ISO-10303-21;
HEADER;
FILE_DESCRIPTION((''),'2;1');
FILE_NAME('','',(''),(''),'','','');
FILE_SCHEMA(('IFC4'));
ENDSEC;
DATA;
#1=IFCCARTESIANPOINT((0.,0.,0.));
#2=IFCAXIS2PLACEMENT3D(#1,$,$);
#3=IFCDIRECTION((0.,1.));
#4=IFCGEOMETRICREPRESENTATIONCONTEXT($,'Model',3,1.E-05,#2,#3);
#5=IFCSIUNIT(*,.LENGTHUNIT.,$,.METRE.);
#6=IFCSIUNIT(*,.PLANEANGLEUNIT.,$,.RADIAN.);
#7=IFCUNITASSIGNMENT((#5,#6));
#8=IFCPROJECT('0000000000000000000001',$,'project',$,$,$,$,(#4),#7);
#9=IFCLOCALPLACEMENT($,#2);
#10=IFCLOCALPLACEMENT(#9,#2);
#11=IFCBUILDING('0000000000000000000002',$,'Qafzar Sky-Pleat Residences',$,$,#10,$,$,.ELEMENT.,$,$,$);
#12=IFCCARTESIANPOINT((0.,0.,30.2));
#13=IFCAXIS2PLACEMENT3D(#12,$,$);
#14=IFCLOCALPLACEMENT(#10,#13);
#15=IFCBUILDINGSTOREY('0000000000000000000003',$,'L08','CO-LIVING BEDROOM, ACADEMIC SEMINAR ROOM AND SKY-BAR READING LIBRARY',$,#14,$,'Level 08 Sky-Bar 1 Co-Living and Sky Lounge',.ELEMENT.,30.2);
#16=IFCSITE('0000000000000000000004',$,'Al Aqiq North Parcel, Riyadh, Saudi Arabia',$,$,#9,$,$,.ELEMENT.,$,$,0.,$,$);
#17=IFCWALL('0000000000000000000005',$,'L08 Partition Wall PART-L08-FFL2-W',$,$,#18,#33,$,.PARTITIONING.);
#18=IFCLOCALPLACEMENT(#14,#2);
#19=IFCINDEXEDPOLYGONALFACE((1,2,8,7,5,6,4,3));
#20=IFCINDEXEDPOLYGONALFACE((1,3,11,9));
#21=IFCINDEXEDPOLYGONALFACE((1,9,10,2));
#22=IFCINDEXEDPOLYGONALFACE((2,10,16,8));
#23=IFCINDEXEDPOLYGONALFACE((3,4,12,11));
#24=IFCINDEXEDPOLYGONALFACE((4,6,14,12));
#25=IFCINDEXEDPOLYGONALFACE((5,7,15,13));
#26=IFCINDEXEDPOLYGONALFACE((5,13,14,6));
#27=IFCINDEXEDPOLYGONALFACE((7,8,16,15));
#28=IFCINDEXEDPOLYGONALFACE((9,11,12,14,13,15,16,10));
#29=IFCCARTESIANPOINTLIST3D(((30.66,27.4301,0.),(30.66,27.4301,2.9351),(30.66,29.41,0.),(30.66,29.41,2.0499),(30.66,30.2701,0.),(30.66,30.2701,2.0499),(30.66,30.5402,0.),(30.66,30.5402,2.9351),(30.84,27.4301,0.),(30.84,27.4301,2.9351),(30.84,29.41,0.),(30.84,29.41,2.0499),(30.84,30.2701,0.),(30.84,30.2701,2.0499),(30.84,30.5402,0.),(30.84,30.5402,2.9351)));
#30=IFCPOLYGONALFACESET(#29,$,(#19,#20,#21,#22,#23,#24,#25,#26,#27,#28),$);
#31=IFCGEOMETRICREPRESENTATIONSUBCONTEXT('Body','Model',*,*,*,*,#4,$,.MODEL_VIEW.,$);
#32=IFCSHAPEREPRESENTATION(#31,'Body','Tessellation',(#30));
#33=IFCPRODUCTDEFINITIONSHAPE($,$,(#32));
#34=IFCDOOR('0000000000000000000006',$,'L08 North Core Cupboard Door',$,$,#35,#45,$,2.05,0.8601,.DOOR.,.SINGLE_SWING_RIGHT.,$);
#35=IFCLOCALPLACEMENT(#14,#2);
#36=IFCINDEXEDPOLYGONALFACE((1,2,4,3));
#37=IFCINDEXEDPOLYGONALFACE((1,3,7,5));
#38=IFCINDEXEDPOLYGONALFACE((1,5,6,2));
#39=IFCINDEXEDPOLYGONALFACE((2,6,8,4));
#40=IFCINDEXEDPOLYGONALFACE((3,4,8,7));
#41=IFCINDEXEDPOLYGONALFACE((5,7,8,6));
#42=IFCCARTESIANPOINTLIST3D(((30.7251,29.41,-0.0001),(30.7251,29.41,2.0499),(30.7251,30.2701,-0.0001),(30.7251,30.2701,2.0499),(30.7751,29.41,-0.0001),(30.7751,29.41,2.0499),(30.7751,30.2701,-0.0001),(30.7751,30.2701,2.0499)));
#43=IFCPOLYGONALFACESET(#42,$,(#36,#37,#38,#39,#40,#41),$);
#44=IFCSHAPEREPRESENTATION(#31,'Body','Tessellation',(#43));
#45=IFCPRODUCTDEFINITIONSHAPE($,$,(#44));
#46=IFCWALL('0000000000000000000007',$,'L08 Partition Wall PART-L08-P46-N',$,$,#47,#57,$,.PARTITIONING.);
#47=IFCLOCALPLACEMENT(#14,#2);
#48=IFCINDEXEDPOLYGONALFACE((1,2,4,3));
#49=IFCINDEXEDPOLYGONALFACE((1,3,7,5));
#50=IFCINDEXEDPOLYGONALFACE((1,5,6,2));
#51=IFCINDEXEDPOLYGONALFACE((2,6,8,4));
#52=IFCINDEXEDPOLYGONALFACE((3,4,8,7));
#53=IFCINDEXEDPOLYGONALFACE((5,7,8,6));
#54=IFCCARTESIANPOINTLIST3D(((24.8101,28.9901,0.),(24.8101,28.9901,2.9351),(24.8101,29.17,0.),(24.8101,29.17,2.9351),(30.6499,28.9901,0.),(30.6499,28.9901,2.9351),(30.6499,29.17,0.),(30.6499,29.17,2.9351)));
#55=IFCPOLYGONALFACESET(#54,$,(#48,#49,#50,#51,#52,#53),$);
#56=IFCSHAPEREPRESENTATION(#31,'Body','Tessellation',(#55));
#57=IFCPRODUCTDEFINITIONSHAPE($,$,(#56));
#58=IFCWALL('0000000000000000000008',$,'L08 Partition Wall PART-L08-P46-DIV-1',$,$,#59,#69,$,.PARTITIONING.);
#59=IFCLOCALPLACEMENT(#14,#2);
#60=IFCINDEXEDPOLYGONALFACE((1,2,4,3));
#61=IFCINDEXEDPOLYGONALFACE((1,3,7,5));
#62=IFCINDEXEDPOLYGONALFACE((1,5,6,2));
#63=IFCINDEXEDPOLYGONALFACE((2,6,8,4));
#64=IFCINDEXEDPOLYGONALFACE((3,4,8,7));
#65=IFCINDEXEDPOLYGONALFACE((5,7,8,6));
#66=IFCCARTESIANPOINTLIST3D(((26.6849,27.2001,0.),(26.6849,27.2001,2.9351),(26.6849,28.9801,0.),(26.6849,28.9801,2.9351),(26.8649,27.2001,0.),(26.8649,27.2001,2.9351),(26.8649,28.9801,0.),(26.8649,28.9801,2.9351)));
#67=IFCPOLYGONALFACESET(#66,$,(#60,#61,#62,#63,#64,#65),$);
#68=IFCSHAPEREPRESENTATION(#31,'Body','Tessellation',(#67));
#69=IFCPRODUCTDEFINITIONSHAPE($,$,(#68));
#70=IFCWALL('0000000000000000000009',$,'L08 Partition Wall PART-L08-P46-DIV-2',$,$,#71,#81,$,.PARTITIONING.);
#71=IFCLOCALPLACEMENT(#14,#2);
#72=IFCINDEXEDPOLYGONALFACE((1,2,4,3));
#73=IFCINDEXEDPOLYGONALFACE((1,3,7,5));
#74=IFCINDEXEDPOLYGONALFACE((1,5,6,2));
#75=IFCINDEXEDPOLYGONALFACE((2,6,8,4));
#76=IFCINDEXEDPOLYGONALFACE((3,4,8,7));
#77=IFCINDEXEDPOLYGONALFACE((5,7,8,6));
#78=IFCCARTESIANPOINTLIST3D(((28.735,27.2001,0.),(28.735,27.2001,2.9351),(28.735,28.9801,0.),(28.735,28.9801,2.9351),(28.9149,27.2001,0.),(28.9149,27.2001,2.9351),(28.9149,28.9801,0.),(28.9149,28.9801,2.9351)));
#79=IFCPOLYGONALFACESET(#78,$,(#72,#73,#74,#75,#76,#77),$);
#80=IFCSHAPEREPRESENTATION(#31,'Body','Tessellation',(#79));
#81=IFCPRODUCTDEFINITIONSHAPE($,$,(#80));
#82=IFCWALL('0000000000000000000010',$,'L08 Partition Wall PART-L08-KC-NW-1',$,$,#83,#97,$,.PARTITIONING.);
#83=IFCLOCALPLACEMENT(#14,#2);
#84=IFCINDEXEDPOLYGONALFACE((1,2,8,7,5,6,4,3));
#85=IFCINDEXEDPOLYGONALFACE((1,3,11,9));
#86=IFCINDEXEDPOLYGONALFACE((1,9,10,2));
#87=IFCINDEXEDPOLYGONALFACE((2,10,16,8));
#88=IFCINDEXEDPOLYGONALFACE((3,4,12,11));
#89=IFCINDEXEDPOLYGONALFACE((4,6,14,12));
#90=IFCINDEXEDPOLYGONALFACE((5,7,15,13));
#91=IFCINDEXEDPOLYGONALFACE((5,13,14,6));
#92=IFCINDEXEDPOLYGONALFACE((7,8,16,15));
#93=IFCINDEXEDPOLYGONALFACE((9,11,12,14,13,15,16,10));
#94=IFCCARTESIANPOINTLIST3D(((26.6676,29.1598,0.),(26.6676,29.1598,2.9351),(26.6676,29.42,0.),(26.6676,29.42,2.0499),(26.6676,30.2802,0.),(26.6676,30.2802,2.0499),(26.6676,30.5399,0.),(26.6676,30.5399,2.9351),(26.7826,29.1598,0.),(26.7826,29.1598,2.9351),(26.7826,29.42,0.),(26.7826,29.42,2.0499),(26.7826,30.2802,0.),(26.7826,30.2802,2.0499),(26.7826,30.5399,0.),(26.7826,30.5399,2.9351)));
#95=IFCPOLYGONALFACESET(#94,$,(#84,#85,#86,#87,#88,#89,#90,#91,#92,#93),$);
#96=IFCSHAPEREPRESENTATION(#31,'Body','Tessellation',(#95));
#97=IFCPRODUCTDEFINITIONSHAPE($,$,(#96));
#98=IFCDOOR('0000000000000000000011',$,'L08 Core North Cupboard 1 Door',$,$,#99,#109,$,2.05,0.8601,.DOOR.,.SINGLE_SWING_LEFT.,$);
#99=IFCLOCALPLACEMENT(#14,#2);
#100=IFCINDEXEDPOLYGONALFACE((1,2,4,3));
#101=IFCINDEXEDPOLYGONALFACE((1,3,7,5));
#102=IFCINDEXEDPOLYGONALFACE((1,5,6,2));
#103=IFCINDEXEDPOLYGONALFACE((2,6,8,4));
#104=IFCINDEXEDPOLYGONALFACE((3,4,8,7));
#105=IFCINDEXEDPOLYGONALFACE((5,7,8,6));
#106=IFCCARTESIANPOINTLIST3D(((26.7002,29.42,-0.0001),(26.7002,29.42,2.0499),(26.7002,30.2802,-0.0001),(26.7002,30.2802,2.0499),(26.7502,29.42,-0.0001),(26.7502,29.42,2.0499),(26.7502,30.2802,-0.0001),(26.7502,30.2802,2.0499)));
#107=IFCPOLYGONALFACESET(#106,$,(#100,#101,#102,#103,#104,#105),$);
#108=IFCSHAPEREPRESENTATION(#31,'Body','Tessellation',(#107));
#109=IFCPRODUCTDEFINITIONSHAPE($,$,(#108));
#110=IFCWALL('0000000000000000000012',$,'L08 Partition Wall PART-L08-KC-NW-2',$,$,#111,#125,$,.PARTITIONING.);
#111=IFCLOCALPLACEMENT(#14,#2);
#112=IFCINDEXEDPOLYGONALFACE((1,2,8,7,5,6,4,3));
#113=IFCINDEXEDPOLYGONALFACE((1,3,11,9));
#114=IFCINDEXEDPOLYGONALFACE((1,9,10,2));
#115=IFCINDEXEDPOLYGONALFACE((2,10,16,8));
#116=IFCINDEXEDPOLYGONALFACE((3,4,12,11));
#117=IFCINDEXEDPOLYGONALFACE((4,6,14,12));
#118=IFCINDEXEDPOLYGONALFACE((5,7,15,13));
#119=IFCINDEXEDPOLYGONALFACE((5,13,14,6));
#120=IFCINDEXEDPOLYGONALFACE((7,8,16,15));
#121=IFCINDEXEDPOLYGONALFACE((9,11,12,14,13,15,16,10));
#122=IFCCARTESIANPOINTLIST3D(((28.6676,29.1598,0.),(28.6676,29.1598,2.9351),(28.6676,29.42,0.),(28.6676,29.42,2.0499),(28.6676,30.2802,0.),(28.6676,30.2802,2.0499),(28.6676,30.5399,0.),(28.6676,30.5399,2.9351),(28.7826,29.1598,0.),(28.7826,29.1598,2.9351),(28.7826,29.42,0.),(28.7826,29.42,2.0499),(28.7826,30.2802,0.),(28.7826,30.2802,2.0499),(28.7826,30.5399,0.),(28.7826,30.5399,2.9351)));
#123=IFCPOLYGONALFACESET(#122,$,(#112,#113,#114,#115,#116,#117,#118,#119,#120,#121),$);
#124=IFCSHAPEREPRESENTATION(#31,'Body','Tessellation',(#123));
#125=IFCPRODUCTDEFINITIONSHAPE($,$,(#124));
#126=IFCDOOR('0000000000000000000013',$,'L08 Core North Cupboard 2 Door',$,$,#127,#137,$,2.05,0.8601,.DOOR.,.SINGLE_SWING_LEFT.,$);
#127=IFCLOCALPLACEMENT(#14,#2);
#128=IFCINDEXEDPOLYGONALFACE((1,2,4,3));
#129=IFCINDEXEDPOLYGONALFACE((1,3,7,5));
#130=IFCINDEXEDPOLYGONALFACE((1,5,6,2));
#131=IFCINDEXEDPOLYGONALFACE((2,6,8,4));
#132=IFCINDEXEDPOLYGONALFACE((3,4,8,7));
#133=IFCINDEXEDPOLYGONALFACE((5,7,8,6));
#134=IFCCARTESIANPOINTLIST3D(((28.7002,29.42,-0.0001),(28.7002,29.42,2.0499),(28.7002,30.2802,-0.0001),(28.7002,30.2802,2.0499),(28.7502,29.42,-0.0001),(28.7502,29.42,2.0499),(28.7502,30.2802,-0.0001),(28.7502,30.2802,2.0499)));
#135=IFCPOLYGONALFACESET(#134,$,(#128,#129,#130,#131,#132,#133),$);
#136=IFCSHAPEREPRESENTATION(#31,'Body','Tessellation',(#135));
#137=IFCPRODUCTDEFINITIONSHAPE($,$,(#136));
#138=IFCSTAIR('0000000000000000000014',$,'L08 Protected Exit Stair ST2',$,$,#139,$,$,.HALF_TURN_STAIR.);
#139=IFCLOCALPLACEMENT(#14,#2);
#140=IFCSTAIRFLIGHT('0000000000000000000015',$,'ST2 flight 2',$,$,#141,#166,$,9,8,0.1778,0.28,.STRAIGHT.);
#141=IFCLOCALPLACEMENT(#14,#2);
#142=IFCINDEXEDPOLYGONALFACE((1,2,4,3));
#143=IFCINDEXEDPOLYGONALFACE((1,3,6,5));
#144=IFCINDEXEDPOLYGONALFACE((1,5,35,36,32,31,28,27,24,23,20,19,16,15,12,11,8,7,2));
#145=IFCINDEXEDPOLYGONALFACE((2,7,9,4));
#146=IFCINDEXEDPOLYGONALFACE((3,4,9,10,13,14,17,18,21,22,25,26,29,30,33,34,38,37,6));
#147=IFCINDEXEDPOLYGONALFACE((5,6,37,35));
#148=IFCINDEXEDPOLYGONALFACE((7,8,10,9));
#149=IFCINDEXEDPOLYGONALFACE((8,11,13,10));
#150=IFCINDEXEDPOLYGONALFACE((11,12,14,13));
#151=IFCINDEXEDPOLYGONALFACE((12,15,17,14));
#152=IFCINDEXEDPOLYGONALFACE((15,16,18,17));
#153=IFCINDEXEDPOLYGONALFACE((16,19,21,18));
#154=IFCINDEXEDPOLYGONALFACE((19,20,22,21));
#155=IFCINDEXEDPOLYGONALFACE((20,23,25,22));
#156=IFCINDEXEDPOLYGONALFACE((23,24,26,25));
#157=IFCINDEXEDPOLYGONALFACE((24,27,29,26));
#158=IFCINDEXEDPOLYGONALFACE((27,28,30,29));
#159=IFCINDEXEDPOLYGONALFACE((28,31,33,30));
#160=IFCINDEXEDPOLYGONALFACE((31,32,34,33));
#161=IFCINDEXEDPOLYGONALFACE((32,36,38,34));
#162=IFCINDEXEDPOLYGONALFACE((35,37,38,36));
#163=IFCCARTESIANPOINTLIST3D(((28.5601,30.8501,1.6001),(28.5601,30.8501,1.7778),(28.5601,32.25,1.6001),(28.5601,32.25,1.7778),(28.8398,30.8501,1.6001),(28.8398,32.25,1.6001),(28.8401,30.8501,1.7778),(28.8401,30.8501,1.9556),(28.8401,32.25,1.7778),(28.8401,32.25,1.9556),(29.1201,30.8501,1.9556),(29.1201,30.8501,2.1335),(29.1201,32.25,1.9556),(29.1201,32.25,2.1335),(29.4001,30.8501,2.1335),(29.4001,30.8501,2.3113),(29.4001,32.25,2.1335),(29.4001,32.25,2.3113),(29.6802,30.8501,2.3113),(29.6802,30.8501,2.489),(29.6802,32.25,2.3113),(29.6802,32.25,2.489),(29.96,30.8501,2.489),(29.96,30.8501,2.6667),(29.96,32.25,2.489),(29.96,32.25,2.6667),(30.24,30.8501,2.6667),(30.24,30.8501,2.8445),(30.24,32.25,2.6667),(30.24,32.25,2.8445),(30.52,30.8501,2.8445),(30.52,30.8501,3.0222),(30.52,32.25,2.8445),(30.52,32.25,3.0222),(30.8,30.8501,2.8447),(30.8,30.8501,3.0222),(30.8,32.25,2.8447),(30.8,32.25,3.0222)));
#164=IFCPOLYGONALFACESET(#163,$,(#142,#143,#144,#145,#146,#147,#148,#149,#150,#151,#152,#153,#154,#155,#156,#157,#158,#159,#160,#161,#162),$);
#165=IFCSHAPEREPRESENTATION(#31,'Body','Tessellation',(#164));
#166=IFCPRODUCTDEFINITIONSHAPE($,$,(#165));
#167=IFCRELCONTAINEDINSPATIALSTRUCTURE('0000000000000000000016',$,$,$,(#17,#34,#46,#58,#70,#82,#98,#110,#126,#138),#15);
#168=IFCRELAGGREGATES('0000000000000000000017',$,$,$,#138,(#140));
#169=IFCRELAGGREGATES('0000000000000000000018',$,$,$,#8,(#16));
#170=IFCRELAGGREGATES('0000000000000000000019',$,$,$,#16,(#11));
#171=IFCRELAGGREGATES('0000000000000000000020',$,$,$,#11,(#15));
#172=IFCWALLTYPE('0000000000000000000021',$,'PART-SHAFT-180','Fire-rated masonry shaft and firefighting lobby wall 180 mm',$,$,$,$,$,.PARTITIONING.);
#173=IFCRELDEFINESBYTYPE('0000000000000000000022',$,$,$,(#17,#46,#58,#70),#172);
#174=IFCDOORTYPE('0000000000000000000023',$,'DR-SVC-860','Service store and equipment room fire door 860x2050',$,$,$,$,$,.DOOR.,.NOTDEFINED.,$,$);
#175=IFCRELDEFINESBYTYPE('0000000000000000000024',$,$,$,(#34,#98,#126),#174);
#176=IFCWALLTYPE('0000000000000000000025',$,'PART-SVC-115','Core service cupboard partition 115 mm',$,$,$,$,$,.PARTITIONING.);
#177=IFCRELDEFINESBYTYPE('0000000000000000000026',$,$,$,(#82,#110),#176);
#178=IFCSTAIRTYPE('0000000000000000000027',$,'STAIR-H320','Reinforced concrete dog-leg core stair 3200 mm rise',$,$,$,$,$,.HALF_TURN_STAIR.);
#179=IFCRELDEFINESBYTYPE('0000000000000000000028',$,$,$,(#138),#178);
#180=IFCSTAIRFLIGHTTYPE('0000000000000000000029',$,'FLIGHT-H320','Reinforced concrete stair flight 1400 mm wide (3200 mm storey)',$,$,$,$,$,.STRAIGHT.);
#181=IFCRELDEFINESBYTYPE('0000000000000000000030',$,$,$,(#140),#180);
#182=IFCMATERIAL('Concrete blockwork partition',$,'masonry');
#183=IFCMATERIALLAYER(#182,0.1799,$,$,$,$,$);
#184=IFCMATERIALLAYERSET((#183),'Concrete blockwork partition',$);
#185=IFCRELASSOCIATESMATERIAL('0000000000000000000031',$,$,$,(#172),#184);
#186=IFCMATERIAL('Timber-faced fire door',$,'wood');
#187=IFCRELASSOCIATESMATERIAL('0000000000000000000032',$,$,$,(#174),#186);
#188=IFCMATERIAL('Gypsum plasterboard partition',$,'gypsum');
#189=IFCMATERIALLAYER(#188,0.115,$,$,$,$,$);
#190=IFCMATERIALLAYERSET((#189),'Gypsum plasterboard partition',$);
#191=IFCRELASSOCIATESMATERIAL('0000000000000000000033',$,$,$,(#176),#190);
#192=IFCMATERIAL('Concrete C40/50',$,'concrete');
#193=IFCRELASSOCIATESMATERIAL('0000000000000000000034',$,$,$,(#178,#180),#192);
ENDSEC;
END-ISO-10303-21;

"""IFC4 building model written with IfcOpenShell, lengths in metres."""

from ifc_helpers import new_model, si_unit, direction, frame, frame_2d, origin, place, context, subcontext, project, spatial, polyline, rectangle, outline, extrude, source, transform, mapped, material, layer, layer_set, type_object, element, fill, aggregate, save


model = new_model("IFC4")

# Units and contexts
model_context = context("Model", 3, precision=1e-05, world=origin(), true_north=direction((0.0, 1.0)))
body_context = subcontext(model_context, "Body", "Model", "MODEL_VIEW")
ifc_project = project(units=[si_unit("LENGTHUNIT", "METRE"), si_unit("PLANEANGLEUNIT", "RADIAN")], contexts=[model_context])

# Site, building, storey
site_placement = place(None, origin())
site = spatial("IfcSite", under=ifc_project, at=site_placement, Name="Al Aqiq North Parcel, Riyadh, Saudi Arabia", CompositionType="ELEMENT", RefElevation=0.0)
building_placement = place(site_placement, origin())
building = spatial("IfcBuilding", under=site, at=building_placement, Name="Qafzar Sky-Pleat Residences", CompositionType="ELEMENT")
storey_placement = place(building_placement, frame((0.0, 0.0, 30.2)))
storey = spatial("IfcBuildingStorey", under=building, at=storey_placement, Name="L08", Description="CO-LIVING BEDROOM, ACADEMIC SEMINAR ROOM AND SKY-BAR READING LIBRARY", LongName="Level 08 Sky-Bar 1 Co-Living and Sky Lounge", CompositionType="ELEMENT", Elevation=30.2)

# Wall, opening, door
ifc_material_1 = material(Name="Concrete blockwork partition", Category="masonry")
ifc_layer_1 = layer(ifc_material_1, 0.1799)
ifc_layer_set_1 = layer_set([ifc_layer_1], Name="Concrete blockwork partition")
wall_type_1 = type_object("IfcWallType", Name="PART-SHAFT-180", Description="Fire-rated masonry shaft and firefighting lobby wall 180 mm", PredefinedType="PARTITIONING", material=ifc_layer_set_1)
wall_1_placement = place(storey_placement, frame((30.75, 27.4299, 0.0), z_axis=(0.0, 0.0, 1.0), x_axis=(0.0, 1.0, 0.0)))
wall_1 = element("IfcWall", 1, at=wall_1_placement, inside=storey, type_object=wall_type_1, Name="L08 Partition Wall PART-L08-FFL2-W", PredefinedType="PARTITIONING", context=body_context, shape_type="SweptSolid", body=[
    extrude(rectangle(XDim=3.1101, YDim=0.1799, at=frame_2d((1.5552, 0.0))), origin(), (0.0, 0.0, 1.0), 2.9351),
])
opening_1_placement = place(wall_1_placement, frame((1.98, 0.0, 0.0)))
opening_1 = element("IfcOpeningElement", 2, at=opening_1_placement, cuts=wall_1, PredefinedType="OPENING", context=body_context, shape_type="SweptSolid", body=[
    extrude(rectangle(XDim=0.8601, YDim=2.05, at=frame_2d((0.4302, 1.0249))), frame((0.0, 0.1001, 0.0), z_axis=(0.0, -1.0, 0.0), x_axis=(1.0, 0.0, 0.0)), (0.0, 0.0, 1.0), 0.2),
])
ifc_material_2 = material(Name="Timber-faced fire door", Category="wood")
door_type_1 = type_object("IfcDoorType", Name="DR-SVC-860", Description="Service store and equipment room fire door 860x2050", OperationType="NOTDEFINED", PredefinedType="DOOR", material=ifc_material_2)
shared_shape_1 = source(origin(), body_context, "Body", "SweptSolid", [
    extrude(rectangle(XDim=0.8601, YDim=2.05, at=frame_2d((0.4302, 1.0249))), frame((0.0, 0.0249, 0.0), z_axis=(0.0, -1.0, 0.0), x_axis=(1.0, 0.0, 0.0)), (0.0, 0.0, 1.0), 0.05),
])
door_1_placement = place(opening_1_placement, origin())
door_1 = element("IfcDoor", 3, at=door_1_placement, inside=storey, type_object=door_type_1, Name="L08 North Core Cupboard Door", OperationType="SINGLE_SWING_RIGHT", OverallHeight=2.05, OverallWidth=0.8601, PredefinedType="DOOR", context=body_context, shape_type="MappedRepresentation", body=[
    mapped(shared_shape_1, transform((0.0, 0.0, 0.0), x_axis=(1.0, 0.0, 0.0), y_axis=(0.0, 1.0, 0.0), z_axis=(0.0, 0.0, 1.0), scale=1.0)),
])
fill(opening_1, door_1)

# Walls
wall_2_placement = place(storey_placement, frame((24.8101, 29.0801, 0.0), z_axis=(0.0, 0.0, 1.0), x_axis=(1.0, 0.0, 0.0)))
element("IfcWall", 4, at=wall_2_placement, inside=storey, type_object=wall_type_1, Name="L08 Partition Wall PART-L08-P46-N", PredefinedType="PARTITIONING", context=body_context, shape_type="SweptSolid", body=[
    extrude(rectangle(XDim=5.8398, YDim=0.1799, at=frame_2d((2.9199, 0.0))), origin(), (0.0, 0.0, 1.0), 2.9351),
])
for number, where, z_axis, x_axis, name in (
    (5, (26.7749, 27.2, 0.0), (0.0, 0.0, 1.0), (0.0, 1.0, 0.0), "L08 Partition Wall PART-L08-P46-DIV-1"),
    (6, (28.825, 27.2, 0.0), (0.0, 0.0, 1.0), (0.0, 1.0, 0.0), "L08 Partition Wall PART-L08-P46-DIV-2"),
):
    element("IfcWall", number, at=place(storey_placement, frame(where, z_axis=z_axis, x_axis=x_axis)), inside=storey, type_object=wall_type_1, Name=name, PredefinedType="PARTITIONING", context=body_context, shape_type="SweptSolid", body=[
        extrude(rectangle(XDim=1.78, YDim=0.1799, at=frame_2d((0.8901, 0.0))), origin(), (0.0, 0.0, 1.0), 2.9351),
    ])

# Walls, openings, doors
ifc_material_3 = material(Name="Gypsum plasterboard partition", Category="gypsum")
ifc_layer_2 = layer(ifc_material_3, 0.115)
ifc_layer_set_2 = layer_set([ifc_layer_2], Name="Gypsum plasterboard partition")
wall_type_2 = type_object("IfcWallType", Name="PART-SVC-115", Description="Core service cupboard partition 115 mm", PredefinedType="PARTITIONING", material=ifc_layer_set_2)
wall_3_placement = place(storey_placement, frame((26.7251, 29.1599, 0.0), z_axis=(0.0, 0.0, 1.0), x_axis=(0.0, 1.0, 0.0)))
wall_3 = element("IfcWall", 7, at=wall_3_placement, inside=storey, type_object=wall_type_2, Name="L08 Partition Wall PART-L08-KC-NW-1", PredefinedType="PARTITIONING", context=body_context, shape_type="SweptSolid", body=[
    extrude(rectangle(XDim=1.3801, YDim=0.115, at=frame_2d((0.6899, 0.0))), origin(), (0.0, 0.0, 1.0), 2.9351),
])
opening_2_placement = place(wall_3_placement, frame((0.26, 0.0, 0.0)))
opening_2 = element("IfcOpeningElement", 8, at=opening_2_placement, cuts=wall_3, PredefinedType="OPENING", context=body_context, shape_type="SweptSolid", body=[
    extrude(rectangle(XDim=0.8601, YDim=2.05, at=frame_2d((0.4302, 1.0249))), frame((0.0, 0.0674, 0.0), z_axis=(0.0, -1.0, 0.0), x_axis=(1.0, 0.0, 0.0)), (0.0, 0.0, 1.0), 0.135),
])
door_2_placement = place(opening_2_placement, origin())
door_2 = element("IfcDoor", 9, at=door_2_placement, inside=storey, type_object=door_type_1, Name="L08 Core North Cupboard 1 Door", OperationType="SINGLE_SWING_LEFT", OverallHeight=2.05, OverallWidth=0.8601, PredefinedType="DOOR", context=body_context, shape_type="MappedRepresentation", body=[
    mapped(shared_shape_1, transform((0.0, 0.0, 0.0), x_axis=(1.0, 0.0, 0.0), y_axis=(0.0, 1.0, 0.0), z_axis=(0.0, 0.0, 1.0), scale=1.0)),
])
fill(opening_2, door_2)
wall_4_placement = place(storey_placement, frame((28.7251, 29.1599, 0.0), z_axis=(0.0, 0.0, 1.0), x_axis=(0.0, 1.0, 0.0)))
wall_4 = element("IfcWall", 10, at=wall_4_placement, inside=storey, type_object=wall_type_2, Name="L08 Partition Wall PART-L08-KC-NW-2", PredefinedType="PARTITIONING", context=body_context, shape_type="SweptSolid", body=[
    extrude(rectangle(XDim=1.3801, YDim=0.115, at=frame_2d((0.6899, 0.0))), origin(), (0.0, 0.0, 1.0), 2.9351),
])
opening_3_placement = place(wall_4_placement, frame((0.26, 0.0, 0.0)))
opening_3 = element("IfcOpeningElement", 11, at=opening_3_placement, cuts=wall_4, PredefinedType="OPENING", context=body_context, shape_type="SweptSolid", body=[
    extrude(rectangle(XDim=0.8601, YDim=2.05, at=frame_2d((0.4302, 1.0249))), frame((0.0, 0.0674, 0.0), z_axis=(0.0, -1.0, 0.0), x_axis=(1.0, 0.0, 0.0)), (0.0, 0.0, 1.0), 0.135),
])
door_3_placement = place(opening_3_placement, origin())
door_3 = element("IfcDoor", 12, at=door_3_placement, inside=storey, type_object=door_type_1, Name="L08 Core North Cupboard 2 Door", OperationType="SINGLE_SWING_LEFT", OverallHeight=2.05, OverallWidth=0.8601, PredefinedType="DOOR", context=body_context, shape_type="MappedRepresentation", body=[
    mapped(shared_shape_1, transform((0.0, 0.0, 0.0), x_axis=(1.0, 0.0, 0.0), y_axis=(0.0, 1.0, 0.0), z_axis=(0.0, 0.0, 1.0), scale=1.0)),
])
fill(opening_3, door_3)

# Stair, stair flight
ifc_material_4 = material(Name="Concrete C40/50", Category="concrete")
stair_type = type_object("IfcStairType", Name="STAIR-H320", Description="Reinforced concrete dog-leg core stair 3200 mm rise", PredefinedType="HALF_TURN_STAIR", material=ifc_material_4)
stair_placement = place(storey_placement, origin())
stair = element("IfcStair", 13, at=stair_placement, inside=storey, type_object=stair_type, Name="L08 Protected Exit Stair ST2", PredefinedType="HALF_TURN_STAIR")
stair_flight_type = type_object("IfcStairFlightType", Name="FLIGHT-H320", Description="Reinforced concrete stair flight 1400 mm wide (3200 mm storey)", PredefinedType="STRAIGHT", material=ifc_material_4)
shared_shape_2 = source(origin(), body_context, "Body", "SweptSolid", [
    extrude(outline(polyline([(0.0, 0.0), (0.0, 0.1777), (0.28, 0.1777), (0.28, 0.3555), (0.5601, 0.3555), (0.5601, 0.5334), (0.8401, 0.5334), (0.8401, 0.7112), (1.1201, 0.7112), (1.1201, 0.8889), (1.3999, 0.8889), (1.3999, 1.0667), (1.6799, 1.0667), (1.6799, 1.2444), (1.96, 1.2444), (1.96, 1.4221), (2.24, 1.4221), (2.24, 1.6001), (2.24, 1.2446), (0.2798, 0.0), (0.0, 0.0)])), frame((0.0, 0.7, 0.0), z_axis=(0.0, -1.0, 0.0), x_axis=(1.0, 0.0, 0.0)), (0.0, 0.0, 1.0), 1.3999),
])
stair_flight_placement = place(storey_placement, frame((28.5601, 31.55, 1.6001), z_axis=(0.0, 0.0, 1.0), x_axis=(1.0, 0.0, 0.0)))
stair_flight = element("IfcStairFlight", 14, at=stair_flight_placement, type_object=stair_flight_type, Name="ST2 flight 2", NumberOfRisers=9, NumberOfTreads=8, PredefinedType="STRAIGHT", RiserHeight=0.1778, TreadLength=0.28, context=body_context, shape_type="MappedRepresentation", body=[
    mapped(shared_shape_2, transform((0.0, 0.0, 0.0), x_axis=(1.0, 0.0, 0.0), y_axis=(0.0, 1.0, 0.0), z_axis=(0.0, 0.0, 1.0), scale=1.0)),
])
aggregate(stair, [stair_flight])

save(model, "model.ifc")
